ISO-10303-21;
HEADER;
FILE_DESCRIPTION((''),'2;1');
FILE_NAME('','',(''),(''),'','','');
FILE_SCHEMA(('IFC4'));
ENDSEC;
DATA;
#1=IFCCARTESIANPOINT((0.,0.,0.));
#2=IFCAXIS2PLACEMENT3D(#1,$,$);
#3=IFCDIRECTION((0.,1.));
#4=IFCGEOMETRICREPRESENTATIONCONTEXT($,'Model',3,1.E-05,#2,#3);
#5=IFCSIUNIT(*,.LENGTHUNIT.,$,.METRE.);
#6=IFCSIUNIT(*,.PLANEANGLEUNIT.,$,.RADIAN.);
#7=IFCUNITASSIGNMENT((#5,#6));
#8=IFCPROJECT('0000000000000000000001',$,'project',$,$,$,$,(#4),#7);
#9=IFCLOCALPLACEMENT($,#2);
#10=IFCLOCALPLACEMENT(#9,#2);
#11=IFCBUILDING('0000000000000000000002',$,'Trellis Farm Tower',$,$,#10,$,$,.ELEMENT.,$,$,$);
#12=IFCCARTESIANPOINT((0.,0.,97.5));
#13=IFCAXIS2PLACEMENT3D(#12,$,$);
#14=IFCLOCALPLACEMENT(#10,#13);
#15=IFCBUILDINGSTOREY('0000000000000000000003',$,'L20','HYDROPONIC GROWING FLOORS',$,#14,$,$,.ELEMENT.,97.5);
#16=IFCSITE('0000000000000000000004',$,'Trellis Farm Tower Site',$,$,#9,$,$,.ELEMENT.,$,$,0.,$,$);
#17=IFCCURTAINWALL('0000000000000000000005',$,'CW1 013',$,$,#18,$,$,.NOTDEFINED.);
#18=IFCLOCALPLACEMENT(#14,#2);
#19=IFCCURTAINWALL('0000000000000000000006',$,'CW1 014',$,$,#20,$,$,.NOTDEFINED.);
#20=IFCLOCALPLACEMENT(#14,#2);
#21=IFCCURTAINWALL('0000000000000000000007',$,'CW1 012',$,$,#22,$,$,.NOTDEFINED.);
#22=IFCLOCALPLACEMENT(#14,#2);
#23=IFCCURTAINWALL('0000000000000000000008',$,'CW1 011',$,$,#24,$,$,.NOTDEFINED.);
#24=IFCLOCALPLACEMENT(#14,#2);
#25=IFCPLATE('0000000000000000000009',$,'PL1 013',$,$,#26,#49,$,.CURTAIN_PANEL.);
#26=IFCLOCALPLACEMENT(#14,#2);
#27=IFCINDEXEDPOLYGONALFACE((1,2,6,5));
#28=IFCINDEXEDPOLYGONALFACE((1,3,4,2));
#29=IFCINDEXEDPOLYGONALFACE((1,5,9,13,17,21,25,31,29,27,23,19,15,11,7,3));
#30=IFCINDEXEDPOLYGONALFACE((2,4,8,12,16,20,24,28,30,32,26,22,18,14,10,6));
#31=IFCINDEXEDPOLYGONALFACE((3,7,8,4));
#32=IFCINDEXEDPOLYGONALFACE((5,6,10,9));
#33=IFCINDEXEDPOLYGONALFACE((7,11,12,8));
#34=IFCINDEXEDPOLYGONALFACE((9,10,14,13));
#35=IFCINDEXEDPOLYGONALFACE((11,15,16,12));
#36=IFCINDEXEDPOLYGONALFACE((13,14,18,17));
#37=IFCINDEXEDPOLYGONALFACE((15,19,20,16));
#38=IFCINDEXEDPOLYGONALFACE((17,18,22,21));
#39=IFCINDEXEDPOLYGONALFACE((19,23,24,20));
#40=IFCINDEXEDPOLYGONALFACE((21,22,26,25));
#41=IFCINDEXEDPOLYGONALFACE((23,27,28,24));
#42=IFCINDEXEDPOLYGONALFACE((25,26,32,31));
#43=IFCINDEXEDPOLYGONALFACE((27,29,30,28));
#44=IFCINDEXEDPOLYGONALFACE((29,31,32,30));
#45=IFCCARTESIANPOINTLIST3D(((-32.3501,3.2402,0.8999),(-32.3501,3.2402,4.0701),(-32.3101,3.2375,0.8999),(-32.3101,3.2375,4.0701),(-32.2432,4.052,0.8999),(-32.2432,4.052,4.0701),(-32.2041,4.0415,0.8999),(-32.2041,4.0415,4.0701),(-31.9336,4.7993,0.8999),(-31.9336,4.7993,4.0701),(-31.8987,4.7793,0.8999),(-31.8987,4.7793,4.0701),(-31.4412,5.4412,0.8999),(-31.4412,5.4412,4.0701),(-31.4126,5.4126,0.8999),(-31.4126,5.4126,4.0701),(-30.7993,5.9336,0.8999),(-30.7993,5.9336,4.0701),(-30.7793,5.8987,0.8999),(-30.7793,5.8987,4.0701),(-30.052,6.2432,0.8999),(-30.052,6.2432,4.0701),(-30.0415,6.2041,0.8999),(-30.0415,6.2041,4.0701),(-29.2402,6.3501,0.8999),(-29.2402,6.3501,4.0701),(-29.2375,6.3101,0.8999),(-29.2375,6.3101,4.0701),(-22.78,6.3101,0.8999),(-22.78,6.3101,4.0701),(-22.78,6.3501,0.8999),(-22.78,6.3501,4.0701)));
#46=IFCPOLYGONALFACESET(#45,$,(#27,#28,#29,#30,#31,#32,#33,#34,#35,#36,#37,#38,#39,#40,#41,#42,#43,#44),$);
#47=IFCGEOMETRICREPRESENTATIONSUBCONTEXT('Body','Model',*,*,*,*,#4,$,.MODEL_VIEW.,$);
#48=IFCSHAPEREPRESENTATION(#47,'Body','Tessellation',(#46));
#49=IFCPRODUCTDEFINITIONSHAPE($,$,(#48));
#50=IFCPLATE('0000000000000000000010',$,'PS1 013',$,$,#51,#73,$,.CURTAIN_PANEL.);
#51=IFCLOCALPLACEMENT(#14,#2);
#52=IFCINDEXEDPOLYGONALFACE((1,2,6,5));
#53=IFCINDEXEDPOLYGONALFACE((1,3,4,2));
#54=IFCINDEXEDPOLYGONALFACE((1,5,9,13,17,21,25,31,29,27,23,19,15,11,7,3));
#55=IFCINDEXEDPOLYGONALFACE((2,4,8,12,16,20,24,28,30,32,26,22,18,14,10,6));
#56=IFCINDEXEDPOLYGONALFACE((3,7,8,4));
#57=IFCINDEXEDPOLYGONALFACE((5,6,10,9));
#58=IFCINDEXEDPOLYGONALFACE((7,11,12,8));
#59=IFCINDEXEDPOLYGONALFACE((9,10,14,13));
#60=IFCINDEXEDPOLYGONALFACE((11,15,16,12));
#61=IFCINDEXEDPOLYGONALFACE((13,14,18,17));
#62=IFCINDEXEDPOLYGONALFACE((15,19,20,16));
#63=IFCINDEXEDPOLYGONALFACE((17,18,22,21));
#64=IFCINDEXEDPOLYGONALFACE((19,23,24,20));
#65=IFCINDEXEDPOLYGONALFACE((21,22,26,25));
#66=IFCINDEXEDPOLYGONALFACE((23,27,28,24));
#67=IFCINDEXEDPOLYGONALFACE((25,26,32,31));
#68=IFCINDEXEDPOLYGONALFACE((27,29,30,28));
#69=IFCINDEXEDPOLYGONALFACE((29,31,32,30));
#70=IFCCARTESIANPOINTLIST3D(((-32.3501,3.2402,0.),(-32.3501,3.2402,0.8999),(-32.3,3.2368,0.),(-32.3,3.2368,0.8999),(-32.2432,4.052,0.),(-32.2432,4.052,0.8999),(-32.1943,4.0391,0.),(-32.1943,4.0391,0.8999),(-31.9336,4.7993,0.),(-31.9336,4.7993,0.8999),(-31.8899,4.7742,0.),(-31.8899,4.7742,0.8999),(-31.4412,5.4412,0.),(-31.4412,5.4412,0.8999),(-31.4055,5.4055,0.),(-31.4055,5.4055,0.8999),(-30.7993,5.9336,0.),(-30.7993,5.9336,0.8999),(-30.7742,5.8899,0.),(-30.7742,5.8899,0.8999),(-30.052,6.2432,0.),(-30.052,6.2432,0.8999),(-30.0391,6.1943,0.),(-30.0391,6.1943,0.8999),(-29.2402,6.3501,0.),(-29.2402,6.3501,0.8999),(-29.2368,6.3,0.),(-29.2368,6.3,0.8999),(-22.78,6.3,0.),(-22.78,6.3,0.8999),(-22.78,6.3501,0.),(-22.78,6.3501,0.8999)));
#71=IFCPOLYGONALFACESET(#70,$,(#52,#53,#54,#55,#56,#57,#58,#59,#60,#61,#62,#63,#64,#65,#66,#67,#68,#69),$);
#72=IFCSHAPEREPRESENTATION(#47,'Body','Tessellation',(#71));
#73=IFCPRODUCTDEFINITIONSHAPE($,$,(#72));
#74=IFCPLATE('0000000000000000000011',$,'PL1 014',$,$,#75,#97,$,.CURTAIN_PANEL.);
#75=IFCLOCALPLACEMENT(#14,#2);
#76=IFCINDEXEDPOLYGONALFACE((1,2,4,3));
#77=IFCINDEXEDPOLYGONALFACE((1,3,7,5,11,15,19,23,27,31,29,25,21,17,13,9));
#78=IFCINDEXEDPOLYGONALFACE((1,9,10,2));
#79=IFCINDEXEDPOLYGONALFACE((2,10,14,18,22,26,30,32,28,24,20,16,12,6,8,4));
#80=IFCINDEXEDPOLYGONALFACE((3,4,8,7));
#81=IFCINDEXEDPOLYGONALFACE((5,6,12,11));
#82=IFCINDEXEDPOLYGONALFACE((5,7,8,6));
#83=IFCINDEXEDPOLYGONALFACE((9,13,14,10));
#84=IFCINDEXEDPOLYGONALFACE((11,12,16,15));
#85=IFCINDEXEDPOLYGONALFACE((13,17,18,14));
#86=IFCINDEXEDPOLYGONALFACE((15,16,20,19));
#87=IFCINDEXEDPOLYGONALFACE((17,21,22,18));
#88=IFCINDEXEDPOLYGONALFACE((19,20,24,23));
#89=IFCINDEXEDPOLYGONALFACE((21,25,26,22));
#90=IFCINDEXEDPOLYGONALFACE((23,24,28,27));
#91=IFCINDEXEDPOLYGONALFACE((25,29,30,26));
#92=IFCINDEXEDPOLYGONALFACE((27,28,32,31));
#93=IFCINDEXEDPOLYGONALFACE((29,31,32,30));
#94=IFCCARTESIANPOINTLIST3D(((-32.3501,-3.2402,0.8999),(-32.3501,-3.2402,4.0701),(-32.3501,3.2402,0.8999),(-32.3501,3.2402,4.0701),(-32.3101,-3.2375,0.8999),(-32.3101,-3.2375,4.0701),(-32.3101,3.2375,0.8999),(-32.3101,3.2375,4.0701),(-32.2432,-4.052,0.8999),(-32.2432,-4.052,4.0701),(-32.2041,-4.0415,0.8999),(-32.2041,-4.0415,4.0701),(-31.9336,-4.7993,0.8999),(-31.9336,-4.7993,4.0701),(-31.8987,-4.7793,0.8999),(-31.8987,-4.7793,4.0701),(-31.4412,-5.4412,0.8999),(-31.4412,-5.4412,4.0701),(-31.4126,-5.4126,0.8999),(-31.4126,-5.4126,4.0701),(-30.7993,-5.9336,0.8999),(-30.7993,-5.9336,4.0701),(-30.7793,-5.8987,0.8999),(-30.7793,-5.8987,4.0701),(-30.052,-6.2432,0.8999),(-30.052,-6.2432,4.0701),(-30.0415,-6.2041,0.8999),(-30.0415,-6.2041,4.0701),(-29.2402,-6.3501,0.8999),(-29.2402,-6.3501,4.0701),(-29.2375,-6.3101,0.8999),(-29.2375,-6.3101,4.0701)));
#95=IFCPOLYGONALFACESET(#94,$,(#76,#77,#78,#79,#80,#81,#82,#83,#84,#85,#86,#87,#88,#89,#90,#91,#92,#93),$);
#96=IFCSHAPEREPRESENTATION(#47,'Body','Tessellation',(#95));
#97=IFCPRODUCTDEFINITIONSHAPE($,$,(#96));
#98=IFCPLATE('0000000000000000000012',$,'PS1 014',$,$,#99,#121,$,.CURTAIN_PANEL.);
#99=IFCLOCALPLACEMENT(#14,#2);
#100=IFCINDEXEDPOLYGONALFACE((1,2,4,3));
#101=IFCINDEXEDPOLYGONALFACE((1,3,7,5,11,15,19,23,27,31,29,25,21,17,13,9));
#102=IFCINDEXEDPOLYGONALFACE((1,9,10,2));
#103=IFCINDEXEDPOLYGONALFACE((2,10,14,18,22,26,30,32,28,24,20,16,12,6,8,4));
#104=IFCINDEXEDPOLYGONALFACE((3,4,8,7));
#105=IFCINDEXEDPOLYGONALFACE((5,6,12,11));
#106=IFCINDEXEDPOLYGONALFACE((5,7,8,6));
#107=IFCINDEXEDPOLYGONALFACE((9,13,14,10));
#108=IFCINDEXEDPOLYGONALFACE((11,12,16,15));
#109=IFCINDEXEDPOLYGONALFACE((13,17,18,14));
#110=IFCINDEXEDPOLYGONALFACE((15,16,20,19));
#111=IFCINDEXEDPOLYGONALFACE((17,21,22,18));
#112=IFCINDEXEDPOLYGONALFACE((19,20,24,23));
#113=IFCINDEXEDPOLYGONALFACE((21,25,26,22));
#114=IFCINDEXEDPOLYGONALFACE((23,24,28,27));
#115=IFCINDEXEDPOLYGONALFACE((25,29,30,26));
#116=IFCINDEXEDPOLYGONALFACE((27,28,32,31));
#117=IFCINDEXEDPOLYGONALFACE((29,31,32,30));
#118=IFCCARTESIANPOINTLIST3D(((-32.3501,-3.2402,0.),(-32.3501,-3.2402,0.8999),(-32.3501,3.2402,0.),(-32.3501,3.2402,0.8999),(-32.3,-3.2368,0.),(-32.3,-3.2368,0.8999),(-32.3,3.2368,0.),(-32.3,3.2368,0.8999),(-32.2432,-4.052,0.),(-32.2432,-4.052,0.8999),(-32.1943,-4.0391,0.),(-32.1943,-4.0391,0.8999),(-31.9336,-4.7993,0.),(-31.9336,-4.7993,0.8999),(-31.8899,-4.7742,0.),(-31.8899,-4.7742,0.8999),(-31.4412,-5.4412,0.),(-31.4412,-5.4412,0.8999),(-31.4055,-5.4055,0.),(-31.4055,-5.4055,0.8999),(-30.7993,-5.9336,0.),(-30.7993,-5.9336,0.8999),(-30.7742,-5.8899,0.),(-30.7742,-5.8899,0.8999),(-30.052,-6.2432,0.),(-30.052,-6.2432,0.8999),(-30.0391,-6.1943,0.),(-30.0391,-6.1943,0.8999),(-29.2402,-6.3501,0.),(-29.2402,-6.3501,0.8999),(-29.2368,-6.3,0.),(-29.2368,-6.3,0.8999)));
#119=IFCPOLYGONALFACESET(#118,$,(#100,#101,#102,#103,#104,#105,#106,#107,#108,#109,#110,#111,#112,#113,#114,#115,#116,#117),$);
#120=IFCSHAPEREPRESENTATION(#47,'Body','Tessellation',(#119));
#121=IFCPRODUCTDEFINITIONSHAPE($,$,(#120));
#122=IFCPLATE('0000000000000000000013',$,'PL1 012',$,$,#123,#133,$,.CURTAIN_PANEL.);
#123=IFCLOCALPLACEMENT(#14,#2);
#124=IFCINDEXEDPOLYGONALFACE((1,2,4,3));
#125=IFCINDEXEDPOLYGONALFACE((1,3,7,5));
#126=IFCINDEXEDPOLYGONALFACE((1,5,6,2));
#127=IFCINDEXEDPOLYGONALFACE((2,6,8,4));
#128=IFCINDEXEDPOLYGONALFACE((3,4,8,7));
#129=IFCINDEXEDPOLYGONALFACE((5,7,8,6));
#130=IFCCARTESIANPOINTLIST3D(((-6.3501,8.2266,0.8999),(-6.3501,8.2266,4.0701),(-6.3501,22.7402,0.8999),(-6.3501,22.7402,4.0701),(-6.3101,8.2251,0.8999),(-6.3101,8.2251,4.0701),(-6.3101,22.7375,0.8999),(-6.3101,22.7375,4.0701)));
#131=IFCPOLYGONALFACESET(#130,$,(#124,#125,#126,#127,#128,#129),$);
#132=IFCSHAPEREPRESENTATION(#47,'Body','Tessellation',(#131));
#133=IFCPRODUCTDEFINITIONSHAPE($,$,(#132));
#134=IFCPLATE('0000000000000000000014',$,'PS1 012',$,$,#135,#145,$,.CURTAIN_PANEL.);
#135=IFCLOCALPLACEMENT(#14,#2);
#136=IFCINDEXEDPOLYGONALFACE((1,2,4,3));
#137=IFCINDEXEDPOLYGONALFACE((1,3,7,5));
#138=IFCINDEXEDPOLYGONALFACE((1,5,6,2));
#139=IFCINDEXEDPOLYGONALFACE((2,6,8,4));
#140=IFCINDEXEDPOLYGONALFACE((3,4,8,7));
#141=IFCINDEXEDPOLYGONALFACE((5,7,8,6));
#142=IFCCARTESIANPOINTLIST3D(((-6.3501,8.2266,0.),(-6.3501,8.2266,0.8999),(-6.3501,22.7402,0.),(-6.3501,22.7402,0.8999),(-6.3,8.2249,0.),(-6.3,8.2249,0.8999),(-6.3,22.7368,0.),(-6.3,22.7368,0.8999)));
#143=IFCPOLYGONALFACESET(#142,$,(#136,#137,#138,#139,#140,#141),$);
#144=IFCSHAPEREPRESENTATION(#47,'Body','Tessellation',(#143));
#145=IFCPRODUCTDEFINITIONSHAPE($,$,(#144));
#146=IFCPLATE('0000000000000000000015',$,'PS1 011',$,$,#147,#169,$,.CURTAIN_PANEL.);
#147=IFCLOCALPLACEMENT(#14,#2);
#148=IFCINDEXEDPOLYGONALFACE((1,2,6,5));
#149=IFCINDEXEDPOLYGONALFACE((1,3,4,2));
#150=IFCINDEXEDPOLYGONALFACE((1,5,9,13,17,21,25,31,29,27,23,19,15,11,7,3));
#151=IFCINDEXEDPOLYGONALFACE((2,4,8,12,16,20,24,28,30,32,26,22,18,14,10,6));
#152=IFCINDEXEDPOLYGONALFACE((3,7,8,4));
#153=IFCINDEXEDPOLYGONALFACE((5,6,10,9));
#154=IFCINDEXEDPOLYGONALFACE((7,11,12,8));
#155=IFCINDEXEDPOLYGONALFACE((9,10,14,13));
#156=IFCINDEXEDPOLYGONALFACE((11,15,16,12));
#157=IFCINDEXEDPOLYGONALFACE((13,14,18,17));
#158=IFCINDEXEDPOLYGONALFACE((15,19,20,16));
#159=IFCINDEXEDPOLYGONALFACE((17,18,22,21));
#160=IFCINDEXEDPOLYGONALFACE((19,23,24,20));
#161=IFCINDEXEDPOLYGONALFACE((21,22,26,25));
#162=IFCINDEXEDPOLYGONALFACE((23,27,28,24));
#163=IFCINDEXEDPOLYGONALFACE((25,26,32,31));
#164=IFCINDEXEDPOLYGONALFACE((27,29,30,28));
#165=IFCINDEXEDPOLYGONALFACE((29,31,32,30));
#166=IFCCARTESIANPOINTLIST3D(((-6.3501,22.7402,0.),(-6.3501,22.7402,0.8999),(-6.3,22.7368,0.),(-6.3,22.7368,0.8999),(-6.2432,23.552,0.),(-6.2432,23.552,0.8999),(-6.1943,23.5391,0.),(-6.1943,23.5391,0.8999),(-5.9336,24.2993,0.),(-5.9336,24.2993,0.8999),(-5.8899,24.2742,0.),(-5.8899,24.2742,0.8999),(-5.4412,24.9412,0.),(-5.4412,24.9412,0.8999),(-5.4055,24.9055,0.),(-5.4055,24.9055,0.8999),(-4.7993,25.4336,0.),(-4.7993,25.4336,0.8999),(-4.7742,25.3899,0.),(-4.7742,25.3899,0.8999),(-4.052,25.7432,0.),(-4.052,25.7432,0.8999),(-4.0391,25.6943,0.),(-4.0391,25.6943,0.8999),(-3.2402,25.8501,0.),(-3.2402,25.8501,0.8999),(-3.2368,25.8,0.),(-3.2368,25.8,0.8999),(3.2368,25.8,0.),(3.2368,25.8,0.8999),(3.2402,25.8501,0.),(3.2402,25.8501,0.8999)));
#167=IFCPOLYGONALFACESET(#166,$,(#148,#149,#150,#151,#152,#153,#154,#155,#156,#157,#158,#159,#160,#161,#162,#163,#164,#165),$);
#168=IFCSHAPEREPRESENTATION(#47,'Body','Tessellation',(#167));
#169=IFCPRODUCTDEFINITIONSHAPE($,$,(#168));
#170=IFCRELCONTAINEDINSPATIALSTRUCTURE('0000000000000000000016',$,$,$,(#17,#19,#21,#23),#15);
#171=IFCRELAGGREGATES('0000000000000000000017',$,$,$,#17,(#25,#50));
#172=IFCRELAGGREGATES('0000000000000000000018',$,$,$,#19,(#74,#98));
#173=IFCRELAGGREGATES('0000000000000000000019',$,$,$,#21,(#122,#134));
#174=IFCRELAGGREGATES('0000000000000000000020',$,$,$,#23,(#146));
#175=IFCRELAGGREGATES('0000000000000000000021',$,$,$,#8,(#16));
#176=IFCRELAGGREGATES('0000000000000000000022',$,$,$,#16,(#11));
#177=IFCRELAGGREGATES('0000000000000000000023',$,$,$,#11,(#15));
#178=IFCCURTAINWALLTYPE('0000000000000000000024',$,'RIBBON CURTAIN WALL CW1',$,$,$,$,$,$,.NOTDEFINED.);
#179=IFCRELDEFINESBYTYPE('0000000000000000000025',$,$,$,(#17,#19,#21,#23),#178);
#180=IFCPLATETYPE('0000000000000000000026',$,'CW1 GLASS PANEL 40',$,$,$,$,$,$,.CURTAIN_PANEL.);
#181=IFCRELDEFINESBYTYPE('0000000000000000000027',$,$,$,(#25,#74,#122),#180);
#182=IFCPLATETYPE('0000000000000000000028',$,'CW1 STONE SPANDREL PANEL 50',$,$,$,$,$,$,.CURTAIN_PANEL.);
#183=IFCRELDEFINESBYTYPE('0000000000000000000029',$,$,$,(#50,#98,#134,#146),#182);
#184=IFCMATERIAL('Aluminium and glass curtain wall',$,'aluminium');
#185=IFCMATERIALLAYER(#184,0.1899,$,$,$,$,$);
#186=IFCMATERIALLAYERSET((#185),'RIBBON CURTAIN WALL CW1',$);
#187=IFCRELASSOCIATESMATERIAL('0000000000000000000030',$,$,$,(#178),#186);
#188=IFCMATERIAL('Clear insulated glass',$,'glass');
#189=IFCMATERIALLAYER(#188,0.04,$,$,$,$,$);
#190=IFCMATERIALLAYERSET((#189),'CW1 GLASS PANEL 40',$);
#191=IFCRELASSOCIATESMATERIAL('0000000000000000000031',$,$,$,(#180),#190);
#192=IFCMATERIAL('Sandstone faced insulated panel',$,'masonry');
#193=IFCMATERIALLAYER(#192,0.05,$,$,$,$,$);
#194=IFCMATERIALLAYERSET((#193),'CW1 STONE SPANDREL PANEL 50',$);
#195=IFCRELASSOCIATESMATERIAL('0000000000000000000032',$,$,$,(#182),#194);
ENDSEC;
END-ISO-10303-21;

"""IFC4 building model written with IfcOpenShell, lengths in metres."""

from ifc_helpers import new_model, si_unit, direction, frame, origin, place, context, subcontext, project, spatial, polyline, outline, extrude, source, transform, mapped, material, layer, layer_set, type_object, element, aggregate, save


model = new_model("IFC4")

# Units and contexts
model_context = context("Model", 3, precision=1e-05, world=origin(), true_north=direction((0.0, 1.0)))
body_context = subcontext(model_context, "Body", "Model", "MODEL_VIEW")
ifc_project = project(units=[si_unit("LENGTHUNIT", "METRE"), si_unit("PLANEANGLEUNIT", "RADIAN")], contexts=[model_context])

# Site, building, storey
site_placement = place(None, origin())
site = spatial("IfcSite", under=ifc_project, at=site_placement, Name="Trellis Farm Tower Site", CompositionType="ELEMENT", RefElevation=0.0)
building_placement = place(site_placement, origin())
building = spatial("IfcBuilding", under=site, at=building_placement, Name="Trellis Farm Tower", CompositionType="ELEMENT")
storey_placement = place(building_placement, frame((0.0, 0.0, 97.5)))
storey = spatial("IfcBuildingStorey", under=building, at=storey_placement, Name="L20", Description="HYDROPONIC GROWING FLOORS", CompositionType="ELEMENT", Elevation=97.5)

# Curtain walls
ifc_material_1 = material(Name="Aluminium and glass curtain wall", Category="aluminium")
placement_1 = place(storey_placement, origin())
ifc_layer_1 = layer(ifc_material_1, 0.1899)
ifc_layer_set_1 = layer_set([ifc_layer_1], Name="RIBBON CURTAIN WALL CW1")
curtain_wall_type_1 = type_object("IfcCurtainWallType", Name="RIBBON CURTAIN WALL CW1", PredefinedType="NOTDEFINED", material=ifc_layer_set_1)
curtain_wall_1 = element("IfcCurtainWall", 1, at=placement_1, inside=storey, type_object=curtain_wall_type_1, Name="CW1 013", PredefinedType="NOTDEFINED")
curtain_wall_2 = element("IfcCurtainWall", 2, at=placement_1, inside=storey, type_object=curtain_wall_type_1, Name="CW1 014", PredefinedType="NOTDEFINED")
curtain_wall_3 = element("IfcCurtainWall", 3, at=placement_1, inside=storey, type_object=curtain_wall_type_1, Name="CW1 012", PredefinedType="NOTDEFINED")
curtain_wall_4 = element("IfcCurtainWall", 4, at=placement_1, inside=storey, type_object=curtain_wall_type_1, Name="CW1 011", PredefinedType="NOTDEFINED")

# Plates
ifc_material_2 = material(Name="Clear insulated glass", Category="glass")
ifc_layer_2 = layer(ifc_material_2, 0.04)
ifc_layer_set_2 = layer_set([ifc_layer_2], Name="CW1 GLASS PANEL 40")
plate_type_1 = type_object("IfcPlateType", Name="CW1 GLASS PANEL 40", PredefinedType="CURTAIN_PANEL", material=ifc_layer_set_2)
shared_shape_1 = source(origin(), body_context, "Body", "SweptSolid", [
    extrude(outline(polyline([(-22.78, 6.3501), (-29.2402, 6.3501), (-30.052, 6.2432), (-30.7993, 5.9336), (-31.4412, 5.4412), (-31.9336, 4.7993), (-32.2432, 4.052), (-32.3501, 3.2402), (-32.3101, 3.2375), (-32.2041, 4.0415), (-31.8987, 4.7793), (-31.4126, 5.4126), (-30.7793, 5.8987), (-30.0415, 6.2041), (-29.2375, 6.3101), (-22.78, 6.3101), (-22.78, 6.3501)])), origin(), (0.0, 0.0, 1.0), 3.1702),
])
placement_2 = place(storey_placement, frame((0.0, 0.0, 0.8999)))
plate_1 = element("IfcPlate", 5, at=placement_2, type_object=plate_type_1, Name="PL1 013", PredefinedType="CURTAIN_PANEL", context=body_context, shape_type="MappedRepresentation", body=[
    mapped(shared_shape_1, transform((0.0, 0.0, 0.0))),
])
ifc_material_3 = material(Name="Sandstone faced insulated panel", Category="masonry")
ifc_layer_3 = layer(ifc_material_3, 0.05)
ifc_layer_set_3 = layer_set([ifc_layer_3], Name="CW1 STONE SPANDREL PANEL 50")
plate_type_2 = type_object("IfcPlateType", Name="CW1 STONE SPANDREL PANEL 50", PredefinedType="CURTAIN_PANEL", material=ifc_layer_set_3)
shared_shape_2 = source(origin(), body_context, "Body", "SweptSolid", [
    extrude(outline(polyline([(-22.78, 6.3501), (-29.2402, 6.3501), (-30.052, 6.2432), (-30.7993, 5.9336), (-31.4412, 5.4412), (-31.9336, 4.7993), (-32.2432, 4.052), (-32.3501, 3.2402), (-32.3, 3.2368), (-32.1943, 4.0391), (-31.8899, 4.7742), (-31.4055, 5.4055), (-30.7742, 5.8899), (-30.0391, 6.1943), (-29.2368, 6.3), (-22.78, 6.3), (-22.78, 6.3501)])), origin(), (0.0, 0.0, 1.0), 0.8999),
])
plate_2 = element("IfcPlate", 6, at=placement_1, type_object=plate_type_2, Name="PS1 013", PredefinedType="CURTAIN_PANEL", context=body_context, shape_type="MappedRepresentation", body=[
    mapped(shared_shape_2, transform((0.0, 0.0, 0.0))),
])
aggregate(curtain_wall_1, [plate_1, plate_2])
shared_shape_3 = source(origin(), body_context, "Body", "SweptSolid", [
    extrude(outline(polyline([(-32.3501, 3.2402), (-32.3501, -3.2402), (-32.2432, -4.052), (-31.9336, -4.7993), (-31.4412, -5.4412), (-30.7993, -5.9336), (-30.052, -6.2432), (-29.2402, -6.3501), (-29.2375, -6.3101), (-30.0415, -6.2041), (-30.7793, -5.8987), (-31.4126, -5.4126), (-31.8987, -4.7793), (-32.2041, -4.0415), (-32.3101, -3.2375), (-32.3101, 3.2375), (-32.3501, 3.2402)])), origin(), (0.0, 0.0, 1.0), 3.1702),
])
plate_3 = element("IfcPlate", 7, at=placement_2, type_object=plate_type_1, Name="PL1 014", PredefinedType="CURTAIN_PANEL", context=body_context, shape_type="MappedRepresentation", body=[
    mapped(shared_shape_3, transform((0.0, 0.0, 0.0))),
])
shared_shape_4 = source(origin(), body_context, "Body", "SweptSolid", [
    extrude(outline(polyline([(-32.3501, 3.2402), (-32.3501, -3.2402), (-32.2432, -4.052), (-31.9336, -4.7993), (-31.4412, -5.4412), (-30.7993, -5.9336), (-30.052, -6.2432), (-29.2402, -6.3501), (-29.2368, -6.3), (-30.0391, -6.1943), (-30.7742, -5.8899), (-31.4055, -5.4055), (-31.8899, -4.7742), (-32.1943, -4.0391), (-32.3, -3.2368), (-32.3, 3.2368), (-32.3501, 3.2402)])), origin(), (0.0, 0.0, 1.0), 0.8999),
])
plate_4 = element("IfcPlate", 8, at=placement_1, type_object=plate_type_2, Name="PS1 014", PredefinedType="CURTAIN_PANEL", context=body_context, shape_type="MappedRepresentation", body=[
    mapped(shared_shape_4, transform((0.0, 0.0, 0.0))),
])
aggregate(curtain_wall_2, [plate_3, plate_4])
shared_shape_5 = source(origin(), body_context, "Body", "SweptSolid", [
    extrude(outline(polyline([(-6.3501, 22.7402), (-6.3501, 8.2266), (-6.3101, 8.2251), (-6.3101, 22.7375), (-6.3501, 22.7402)])), origin(), (0.0, 0.0, 1.0), 3.1702),
])
plate_5 = element("IfcPlate", 9, at=placement_2, type_object=plate_type_1, Name="PL1 012", PredefinedType="CURTAIN_PANEL", context=body_context, shape_type="MappedRepresentation", body=[
    mapped(shared_shape_5, transform((0.0, 0.0, 0.0))),
])
shared_shape_6 = source(origin(), body_context, "Body", "SweptSolid", [
    extrude(outline(polyline([(-6.3501, 22.7402), (-6.3501, 8.2266), (-6.3, 8.2249), (-6.3, 22.7368), (-6.3501, 22.7402)])), origin(), (0.0, 0.0, 1.0), 0.8999),
])
plate_6 = element("IfcPlate", 10, at=placement_1, type_object=plate_type_2, Name="PS1 012", PredefinedType="CURTAIN_PANEL", context=body_context, shape_type="MappedRepresentation", body=[
    mapped(shared_shape_6, transform((0.0, 0.0, 0.0))),
])
aggregate(curtain_wall_3, [plate_5, plate_6])
shared_shape_7 = source(origin(), body_context, "Body", "SweptSolid", [
    extrude(outline(polyline([(3.2402, 25.8501), (-3.2402, 25.8501), (-4.052, 25.7432), (-4.7993, 25.4336), (-5.4412, 24.9412), (-5.9336, 24.2993), (-6.2432, 23.552), (-6.3501, 22.7402), (-6.3, 22.7368), (-6.1943, 23.5391), (-5.8899, 24.2742), (-5.4055, 24.9055), (-4.7742, 25.3899), (-4.0391, 25.6943), (-3.2368, 25.8), (3.2368, 25.8), (3.2402, 25.8501)])), origin(), (0.0, 0.0, 1.0), 0.8999),
])
plate_7 = element("IfcPlate", 11, at=placement_1, type_object=plate_type_2, Name="PS1 011", PredefinedType="CURTAIN_PANEL", context=body_context, shape_type="MappedRepresentation", body=[
    mapped(shared_shape_7, transform((0.0, 0.0, 0.0))),
])
aggregate(curtain_wall_4, [plate_7])

save(model, "model.ifc")
